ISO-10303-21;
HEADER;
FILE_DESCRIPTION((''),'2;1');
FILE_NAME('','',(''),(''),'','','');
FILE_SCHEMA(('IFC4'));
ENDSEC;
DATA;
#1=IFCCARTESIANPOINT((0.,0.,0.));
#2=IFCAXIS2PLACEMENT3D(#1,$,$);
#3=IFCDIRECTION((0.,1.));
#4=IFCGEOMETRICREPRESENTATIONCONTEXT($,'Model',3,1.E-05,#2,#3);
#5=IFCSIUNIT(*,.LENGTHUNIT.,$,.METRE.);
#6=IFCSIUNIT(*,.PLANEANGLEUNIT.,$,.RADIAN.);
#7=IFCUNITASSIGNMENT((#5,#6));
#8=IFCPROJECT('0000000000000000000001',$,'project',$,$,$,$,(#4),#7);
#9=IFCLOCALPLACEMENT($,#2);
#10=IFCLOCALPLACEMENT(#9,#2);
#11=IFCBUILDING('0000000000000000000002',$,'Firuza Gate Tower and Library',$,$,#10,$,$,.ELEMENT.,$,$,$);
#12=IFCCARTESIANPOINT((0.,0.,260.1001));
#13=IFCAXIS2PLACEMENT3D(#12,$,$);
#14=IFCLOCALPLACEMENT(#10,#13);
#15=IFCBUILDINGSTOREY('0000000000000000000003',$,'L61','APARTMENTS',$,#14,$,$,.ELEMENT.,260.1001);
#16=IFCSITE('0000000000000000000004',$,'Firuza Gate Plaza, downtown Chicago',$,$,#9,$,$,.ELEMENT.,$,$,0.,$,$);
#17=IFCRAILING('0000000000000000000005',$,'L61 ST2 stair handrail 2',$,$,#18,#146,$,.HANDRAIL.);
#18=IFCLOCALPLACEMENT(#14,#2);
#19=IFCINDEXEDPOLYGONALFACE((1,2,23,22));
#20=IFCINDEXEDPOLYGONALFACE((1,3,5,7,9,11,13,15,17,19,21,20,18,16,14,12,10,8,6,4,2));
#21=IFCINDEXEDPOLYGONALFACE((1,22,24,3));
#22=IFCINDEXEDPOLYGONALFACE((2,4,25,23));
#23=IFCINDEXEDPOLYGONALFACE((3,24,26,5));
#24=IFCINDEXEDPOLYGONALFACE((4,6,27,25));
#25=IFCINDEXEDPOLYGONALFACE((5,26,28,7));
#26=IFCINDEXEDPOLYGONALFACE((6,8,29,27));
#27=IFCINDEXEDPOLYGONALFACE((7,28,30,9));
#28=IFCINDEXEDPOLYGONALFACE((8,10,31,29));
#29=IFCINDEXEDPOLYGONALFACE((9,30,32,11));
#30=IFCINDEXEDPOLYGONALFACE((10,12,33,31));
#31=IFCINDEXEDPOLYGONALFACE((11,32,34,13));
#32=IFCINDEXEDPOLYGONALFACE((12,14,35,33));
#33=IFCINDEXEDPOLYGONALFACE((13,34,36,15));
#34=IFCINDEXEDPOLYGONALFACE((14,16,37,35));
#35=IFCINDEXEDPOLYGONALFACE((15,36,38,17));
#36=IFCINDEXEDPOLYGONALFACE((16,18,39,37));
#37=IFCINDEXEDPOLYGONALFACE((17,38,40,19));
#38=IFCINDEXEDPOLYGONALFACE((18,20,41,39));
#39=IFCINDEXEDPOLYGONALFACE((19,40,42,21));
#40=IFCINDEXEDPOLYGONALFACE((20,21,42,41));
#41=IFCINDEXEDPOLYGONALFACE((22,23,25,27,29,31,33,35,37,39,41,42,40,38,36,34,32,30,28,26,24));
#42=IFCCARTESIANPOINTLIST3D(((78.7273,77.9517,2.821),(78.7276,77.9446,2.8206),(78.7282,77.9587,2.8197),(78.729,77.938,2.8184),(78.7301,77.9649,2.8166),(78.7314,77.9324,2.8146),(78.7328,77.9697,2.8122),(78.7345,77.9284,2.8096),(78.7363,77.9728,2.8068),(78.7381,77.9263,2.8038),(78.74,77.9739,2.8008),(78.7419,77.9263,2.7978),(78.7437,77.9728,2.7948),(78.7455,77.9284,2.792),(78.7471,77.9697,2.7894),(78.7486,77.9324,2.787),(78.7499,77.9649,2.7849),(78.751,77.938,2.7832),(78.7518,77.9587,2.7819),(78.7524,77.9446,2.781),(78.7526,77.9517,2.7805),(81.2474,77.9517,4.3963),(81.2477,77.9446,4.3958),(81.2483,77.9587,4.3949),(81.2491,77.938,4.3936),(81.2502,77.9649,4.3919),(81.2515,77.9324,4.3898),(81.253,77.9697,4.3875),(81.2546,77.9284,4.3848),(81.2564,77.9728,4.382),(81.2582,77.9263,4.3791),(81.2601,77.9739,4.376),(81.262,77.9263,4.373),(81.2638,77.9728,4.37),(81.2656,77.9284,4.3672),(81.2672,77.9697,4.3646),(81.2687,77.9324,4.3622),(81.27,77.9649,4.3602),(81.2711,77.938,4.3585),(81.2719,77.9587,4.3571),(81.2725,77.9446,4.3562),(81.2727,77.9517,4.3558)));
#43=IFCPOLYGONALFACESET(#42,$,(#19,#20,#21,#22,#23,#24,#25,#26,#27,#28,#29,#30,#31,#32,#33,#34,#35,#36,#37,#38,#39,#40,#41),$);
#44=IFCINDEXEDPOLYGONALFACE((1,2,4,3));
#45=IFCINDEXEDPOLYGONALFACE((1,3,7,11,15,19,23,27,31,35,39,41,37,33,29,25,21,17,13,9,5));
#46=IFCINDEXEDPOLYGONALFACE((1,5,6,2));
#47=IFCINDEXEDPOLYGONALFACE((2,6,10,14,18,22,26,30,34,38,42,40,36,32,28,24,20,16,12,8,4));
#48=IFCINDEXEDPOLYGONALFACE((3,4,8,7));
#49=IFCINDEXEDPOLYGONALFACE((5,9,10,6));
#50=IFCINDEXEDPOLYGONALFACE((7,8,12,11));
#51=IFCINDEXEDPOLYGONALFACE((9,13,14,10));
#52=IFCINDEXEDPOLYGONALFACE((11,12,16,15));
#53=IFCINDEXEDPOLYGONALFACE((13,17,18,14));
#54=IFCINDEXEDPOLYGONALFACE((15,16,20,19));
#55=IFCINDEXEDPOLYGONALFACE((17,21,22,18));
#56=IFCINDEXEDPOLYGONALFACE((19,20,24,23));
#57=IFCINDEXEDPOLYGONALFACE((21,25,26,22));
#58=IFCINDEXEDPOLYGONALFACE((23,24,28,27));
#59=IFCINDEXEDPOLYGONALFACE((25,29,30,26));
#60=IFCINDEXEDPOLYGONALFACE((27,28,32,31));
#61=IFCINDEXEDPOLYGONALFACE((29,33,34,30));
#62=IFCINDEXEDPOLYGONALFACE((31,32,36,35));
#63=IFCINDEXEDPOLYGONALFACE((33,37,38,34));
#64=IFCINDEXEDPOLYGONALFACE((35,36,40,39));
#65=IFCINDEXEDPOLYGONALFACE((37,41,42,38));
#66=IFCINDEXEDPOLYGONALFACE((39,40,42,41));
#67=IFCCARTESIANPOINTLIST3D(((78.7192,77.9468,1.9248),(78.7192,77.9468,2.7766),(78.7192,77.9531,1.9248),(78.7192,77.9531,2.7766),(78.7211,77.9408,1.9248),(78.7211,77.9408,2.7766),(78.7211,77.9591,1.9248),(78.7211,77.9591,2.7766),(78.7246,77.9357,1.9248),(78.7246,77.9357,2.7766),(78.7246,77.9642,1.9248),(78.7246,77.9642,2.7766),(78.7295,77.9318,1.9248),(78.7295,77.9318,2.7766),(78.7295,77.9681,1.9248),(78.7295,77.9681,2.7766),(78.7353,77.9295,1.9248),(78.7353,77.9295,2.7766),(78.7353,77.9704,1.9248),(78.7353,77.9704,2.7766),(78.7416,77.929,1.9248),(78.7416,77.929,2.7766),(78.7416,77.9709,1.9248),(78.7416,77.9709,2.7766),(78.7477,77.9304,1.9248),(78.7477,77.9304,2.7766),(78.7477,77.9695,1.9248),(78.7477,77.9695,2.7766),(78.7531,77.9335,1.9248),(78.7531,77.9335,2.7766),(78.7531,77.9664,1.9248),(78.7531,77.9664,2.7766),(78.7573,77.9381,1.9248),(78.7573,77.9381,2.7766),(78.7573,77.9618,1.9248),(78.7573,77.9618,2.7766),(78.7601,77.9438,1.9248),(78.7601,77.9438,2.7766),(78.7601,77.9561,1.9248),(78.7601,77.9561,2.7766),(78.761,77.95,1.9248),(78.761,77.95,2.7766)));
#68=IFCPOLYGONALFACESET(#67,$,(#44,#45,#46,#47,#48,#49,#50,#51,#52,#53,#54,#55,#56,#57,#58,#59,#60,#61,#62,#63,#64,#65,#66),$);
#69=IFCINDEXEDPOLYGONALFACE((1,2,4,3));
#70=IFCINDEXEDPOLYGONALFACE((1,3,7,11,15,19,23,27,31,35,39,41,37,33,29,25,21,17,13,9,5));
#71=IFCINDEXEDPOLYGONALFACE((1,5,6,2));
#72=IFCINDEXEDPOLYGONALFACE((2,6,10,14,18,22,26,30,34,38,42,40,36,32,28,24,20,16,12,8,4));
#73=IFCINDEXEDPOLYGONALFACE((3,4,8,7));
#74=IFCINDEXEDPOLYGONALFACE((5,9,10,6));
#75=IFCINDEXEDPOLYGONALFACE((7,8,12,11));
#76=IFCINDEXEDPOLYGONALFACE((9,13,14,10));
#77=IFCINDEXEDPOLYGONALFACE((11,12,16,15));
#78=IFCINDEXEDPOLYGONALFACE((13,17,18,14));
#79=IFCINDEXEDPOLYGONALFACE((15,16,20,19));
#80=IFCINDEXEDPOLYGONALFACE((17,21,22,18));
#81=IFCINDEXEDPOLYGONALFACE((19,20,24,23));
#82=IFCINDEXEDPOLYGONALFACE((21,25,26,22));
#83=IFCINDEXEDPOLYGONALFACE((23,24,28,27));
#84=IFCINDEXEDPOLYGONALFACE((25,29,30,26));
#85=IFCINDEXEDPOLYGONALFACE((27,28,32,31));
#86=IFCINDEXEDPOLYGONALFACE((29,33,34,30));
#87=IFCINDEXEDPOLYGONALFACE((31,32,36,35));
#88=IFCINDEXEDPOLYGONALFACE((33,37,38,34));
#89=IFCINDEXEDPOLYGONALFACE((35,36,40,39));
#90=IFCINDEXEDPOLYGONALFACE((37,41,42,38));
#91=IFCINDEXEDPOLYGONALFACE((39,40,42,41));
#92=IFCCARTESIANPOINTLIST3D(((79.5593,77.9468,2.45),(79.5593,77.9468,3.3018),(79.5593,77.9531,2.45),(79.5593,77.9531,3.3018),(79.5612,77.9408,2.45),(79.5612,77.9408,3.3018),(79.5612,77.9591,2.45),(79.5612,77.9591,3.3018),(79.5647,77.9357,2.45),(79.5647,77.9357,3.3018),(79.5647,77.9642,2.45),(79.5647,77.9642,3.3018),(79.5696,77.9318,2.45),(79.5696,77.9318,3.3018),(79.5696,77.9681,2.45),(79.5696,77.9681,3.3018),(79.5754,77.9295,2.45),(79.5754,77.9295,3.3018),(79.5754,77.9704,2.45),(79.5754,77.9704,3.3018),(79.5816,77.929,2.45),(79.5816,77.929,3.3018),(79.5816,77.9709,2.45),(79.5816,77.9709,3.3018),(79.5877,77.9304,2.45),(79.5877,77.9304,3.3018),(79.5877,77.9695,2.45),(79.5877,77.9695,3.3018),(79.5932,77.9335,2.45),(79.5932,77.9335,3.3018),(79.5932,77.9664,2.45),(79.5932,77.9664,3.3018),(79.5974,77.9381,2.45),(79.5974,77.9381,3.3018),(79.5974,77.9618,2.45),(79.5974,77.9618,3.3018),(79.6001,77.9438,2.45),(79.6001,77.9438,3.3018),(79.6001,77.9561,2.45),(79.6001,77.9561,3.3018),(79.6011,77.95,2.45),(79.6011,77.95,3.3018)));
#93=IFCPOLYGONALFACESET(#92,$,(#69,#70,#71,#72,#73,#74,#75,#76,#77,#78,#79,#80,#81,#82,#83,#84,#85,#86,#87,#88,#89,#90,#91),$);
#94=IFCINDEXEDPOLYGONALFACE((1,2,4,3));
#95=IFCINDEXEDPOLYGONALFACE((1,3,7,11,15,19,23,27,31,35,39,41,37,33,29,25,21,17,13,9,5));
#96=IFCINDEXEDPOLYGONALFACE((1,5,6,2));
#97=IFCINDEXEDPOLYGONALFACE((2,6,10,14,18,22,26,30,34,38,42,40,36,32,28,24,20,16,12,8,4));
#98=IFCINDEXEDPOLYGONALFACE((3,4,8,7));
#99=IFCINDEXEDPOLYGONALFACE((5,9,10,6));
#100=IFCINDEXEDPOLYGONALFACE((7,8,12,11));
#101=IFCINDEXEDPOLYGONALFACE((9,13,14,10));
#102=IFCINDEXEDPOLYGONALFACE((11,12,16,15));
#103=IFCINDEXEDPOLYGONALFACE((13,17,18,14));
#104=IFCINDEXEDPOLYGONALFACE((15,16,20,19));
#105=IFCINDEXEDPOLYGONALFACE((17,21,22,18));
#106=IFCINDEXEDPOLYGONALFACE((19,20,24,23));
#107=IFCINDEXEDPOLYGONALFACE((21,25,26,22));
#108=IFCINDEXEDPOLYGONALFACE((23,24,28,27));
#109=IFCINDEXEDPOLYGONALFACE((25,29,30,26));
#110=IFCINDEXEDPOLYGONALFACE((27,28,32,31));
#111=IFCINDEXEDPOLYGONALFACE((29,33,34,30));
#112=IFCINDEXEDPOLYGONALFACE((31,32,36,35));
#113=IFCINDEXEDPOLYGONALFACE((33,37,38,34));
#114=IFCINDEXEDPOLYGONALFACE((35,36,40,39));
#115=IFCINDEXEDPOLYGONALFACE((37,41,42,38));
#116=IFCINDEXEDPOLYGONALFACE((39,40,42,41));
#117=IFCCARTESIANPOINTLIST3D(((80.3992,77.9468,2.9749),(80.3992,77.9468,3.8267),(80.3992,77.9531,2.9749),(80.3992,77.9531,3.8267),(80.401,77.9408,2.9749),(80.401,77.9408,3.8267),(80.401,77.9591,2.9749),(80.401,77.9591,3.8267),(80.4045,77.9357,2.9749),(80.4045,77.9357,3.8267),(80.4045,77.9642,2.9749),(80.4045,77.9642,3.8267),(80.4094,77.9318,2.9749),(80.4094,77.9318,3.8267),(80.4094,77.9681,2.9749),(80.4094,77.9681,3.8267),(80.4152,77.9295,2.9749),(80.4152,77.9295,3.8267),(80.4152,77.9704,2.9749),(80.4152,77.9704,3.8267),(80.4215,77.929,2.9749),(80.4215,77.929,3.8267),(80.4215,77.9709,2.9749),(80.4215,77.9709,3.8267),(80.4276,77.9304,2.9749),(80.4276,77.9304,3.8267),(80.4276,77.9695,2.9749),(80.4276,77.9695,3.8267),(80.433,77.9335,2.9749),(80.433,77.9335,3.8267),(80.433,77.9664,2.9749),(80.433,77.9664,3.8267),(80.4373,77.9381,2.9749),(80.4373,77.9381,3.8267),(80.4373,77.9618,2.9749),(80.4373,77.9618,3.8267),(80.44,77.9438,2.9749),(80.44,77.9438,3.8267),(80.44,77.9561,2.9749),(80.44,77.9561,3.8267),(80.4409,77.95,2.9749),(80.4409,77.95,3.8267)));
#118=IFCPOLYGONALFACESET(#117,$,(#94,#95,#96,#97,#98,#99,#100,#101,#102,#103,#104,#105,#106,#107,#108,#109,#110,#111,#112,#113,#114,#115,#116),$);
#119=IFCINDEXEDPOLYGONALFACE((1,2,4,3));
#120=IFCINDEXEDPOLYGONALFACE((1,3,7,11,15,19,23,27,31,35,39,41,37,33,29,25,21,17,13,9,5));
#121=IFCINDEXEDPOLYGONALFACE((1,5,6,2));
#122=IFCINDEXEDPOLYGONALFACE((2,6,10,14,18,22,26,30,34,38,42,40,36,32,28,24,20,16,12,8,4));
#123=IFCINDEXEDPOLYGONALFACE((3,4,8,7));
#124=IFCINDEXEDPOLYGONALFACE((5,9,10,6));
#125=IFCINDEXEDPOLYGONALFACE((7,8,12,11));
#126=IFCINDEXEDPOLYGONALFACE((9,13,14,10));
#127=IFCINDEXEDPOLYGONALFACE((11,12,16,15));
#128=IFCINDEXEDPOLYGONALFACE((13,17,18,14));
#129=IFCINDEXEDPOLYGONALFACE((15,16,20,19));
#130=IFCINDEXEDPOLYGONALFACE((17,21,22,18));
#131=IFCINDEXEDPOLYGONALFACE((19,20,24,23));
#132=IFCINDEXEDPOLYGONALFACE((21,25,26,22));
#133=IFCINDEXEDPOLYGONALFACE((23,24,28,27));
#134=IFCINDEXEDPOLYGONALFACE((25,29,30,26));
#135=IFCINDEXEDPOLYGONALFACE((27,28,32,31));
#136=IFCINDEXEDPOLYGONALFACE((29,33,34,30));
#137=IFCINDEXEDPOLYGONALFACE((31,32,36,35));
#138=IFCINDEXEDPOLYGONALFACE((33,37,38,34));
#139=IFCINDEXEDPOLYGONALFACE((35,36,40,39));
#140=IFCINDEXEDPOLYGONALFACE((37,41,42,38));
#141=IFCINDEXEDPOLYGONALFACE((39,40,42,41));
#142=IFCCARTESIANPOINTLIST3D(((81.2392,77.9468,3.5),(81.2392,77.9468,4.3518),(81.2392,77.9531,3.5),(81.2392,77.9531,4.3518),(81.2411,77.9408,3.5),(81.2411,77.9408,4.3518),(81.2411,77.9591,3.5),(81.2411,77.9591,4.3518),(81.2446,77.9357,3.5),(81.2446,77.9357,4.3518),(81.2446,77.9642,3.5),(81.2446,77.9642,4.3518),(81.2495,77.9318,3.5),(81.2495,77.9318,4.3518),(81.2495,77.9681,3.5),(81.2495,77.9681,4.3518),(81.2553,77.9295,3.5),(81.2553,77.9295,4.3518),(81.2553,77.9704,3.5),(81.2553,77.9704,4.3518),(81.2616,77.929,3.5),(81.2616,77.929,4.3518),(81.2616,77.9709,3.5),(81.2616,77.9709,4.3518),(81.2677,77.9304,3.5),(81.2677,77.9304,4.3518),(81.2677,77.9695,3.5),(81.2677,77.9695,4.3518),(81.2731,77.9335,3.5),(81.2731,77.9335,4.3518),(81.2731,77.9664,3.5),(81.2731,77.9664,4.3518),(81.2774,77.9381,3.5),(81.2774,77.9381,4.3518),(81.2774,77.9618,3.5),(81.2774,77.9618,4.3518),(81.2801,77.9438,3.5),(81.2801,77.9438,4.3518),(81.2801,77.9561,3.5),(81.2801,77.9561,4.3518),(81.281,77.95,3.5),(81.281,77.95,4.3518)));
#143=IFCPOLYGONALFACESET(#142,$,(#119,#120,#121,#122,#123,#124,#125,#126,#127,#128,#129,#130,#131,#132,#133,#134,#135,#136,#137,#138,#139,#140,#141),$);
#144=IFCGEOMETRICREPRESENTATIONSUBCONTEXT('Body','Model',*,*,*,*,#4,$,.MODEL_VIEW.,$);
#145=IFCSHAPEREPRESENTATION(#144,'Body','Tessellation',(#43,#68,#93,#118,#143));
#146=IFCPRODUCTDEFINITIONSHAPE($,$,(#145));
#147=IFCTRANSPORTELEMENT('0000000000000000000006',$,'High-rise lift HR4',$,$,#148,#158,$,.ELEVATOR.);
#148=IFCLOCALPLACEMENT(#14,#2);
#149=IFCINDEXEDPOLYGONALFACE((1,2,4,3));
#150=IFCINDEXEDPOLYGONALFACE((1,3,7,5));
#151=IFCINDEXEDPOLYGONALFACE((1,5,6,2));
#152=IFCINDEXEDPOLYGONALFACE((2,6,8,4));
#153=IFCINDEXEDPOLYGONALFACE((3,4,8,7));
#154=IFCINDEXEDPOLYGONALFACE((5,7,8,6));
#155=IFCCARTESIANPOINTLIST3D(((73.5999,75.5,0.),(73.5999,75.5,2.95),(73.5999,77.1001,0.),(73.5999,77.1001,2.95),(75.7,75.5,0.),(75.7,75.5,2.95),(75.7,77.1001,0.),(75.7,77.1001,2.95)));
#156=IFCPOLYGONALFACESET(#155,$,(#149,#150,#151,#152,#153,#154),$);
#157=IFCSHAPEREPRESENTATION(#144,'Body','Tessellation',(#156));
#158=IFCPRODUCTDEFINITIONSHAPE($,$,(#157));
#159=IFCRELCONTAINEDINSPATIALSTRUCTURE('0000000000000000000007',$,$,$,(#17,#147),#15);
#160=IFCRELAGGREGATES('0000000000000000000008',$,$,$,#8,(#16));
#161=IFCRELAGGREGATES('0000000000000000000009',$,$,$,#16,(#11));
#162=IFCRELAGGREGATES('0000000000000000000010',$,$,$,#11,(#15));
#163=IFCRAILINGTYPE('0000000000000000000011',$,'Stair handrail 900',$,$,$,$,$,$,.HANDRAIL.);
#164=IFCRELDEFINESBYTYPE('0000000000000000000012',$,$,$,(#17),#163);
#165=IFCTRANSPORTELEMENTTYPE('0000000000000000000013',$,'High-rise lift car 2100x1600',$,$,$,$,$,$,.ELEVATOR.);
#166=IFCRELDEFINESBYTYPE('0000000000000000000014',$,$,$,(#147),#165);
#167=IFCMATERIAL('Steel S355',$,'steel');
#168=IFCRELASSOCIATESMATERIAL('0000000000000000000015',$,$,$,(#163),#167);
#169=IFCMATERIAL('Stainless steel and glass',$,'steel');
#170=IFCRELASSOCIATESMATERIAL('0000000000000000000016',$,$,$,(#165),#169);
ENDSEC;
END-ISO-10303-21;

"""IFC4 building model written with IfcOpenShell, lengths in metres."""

from ifc_helpers import new_model, si_unit, direction, frame, origin, origin_2d, place, context, subcontext, project, spatial, rectangle, circle, extrude, material, type_object, element, save


model = new_model("IFC4")

# Units and contexts
model_context = context("Model", 3, precision=1e-05, world=origin(), true_north=direction((0.0, 1.0)))
body_context = subcontext(model_context, "Body", "Model", "MODEL_VIEW")
ifc_project = project(units=[si_unit("LENGTHUNIT", "METRE"), si_unit("PLANEANGLEUNIT", "RADIAN")], contexts=[model_context])

# Site, building, storey
site_placement = place(None, origin())
site = spatial("IfcSite", under=ifc_project, at=site_placement, Name="Firuza Gate Plaza, downtown Chicago", CompositionType="ELEMENT", RefElevation=0.0)
building_placement = place(site_placement, origin())
building = spatial("IfcBuilding", under=site, at=building_placement, Name="Firuza Gate Tower and Library", CompositionType="ELEMENT")
storey_placement = place(building_placement, frame((0.0, 0.0, 260.1001)))
storey = spatial("IfcBuildingStorey", under=building, at=storey_placement, Name="L61", Description="APARTMENTS", CompositionType="ELEMENT", Elevation=260.1001)

# Railing
ifc_material_1 = material(Name="Steel S355", Category="steel")
railing_type_1 = type_object("IfcRailingType", Name="Stair handrail 900", PredefinedType="HANDRAIL", material=ifc_material_1)
railing_1_placement = place(storey_placement, frame((78.74, 77.95, 1.9248)))
element("IfcRailing", 1, at=railing_1_placement, inside=storey, type_object=railing_type_1, Name="L61 ST2 stair handrail 2", PredefinedType="HANDRAIL", context=body_context, shape_type="SweptSolid", body=[
    extrude(circle(Radius=0.0239, at=origin_2d()), frame((0.0, 0.0, 0.876), z_axis=(0.847971, 0.0, 0.530043), x_axis=(0.0, 1.0, 0.0)), (0.0, 0.0, 1.0), 2.9719),
    extrude(circle(Radius=0.021, at=origin_2d()), origin(), (0.0, 0.0, 1.0), 0.8518),
    extrude(circle(Radius=0.021, at=origin_2d()), frame((0.8401, 0.0, 0.5251)), (0.0, 0.0, 1.0), 0.8518),
    extrude(circle(Radius=0.021, at=origin_2d()), frame((1.6799, 0.0, 1.05)), (0.0, 0.0, 1.0), 0.8518),
    extrude(circle(Radius=0.021, at=origin_2d()), frame((2.52, 0.0, 1.5752)), (0.0, 0.0, 1.0), 0.8518),
])

# Transport element
ifc_material_2 = material(Name="Stainless steel and glass", Category="steel")
transport_element_type = type_object("IfcTransportElementType", Name="High-rise lift car 2100x1600", PredefinedType="ELEVATOR", material=ifc_material_2)
transport_element_placement = place(storey_placement, frame((74.6499, 76.3, 0.0), z_axis=(0.0, 0.0, 1.0), x_axis=(1.0, 0.0, 0.0)))
element("IfcTransportElement", 2, at=transport_element_placement, inside=storey, type_object=transport_element_type, Name="High-rise lift HR4", PredefinedType="ELEVATOR", context=body_context, shape_type="SweptSolid", body=[
    extrude(rectangle(XDim=2.1001, YDim=1.6001, at=origin_2d()), origin(), (0.0, 0.0, 1.0), 2.95),
])

save(model, "model.ifc")
